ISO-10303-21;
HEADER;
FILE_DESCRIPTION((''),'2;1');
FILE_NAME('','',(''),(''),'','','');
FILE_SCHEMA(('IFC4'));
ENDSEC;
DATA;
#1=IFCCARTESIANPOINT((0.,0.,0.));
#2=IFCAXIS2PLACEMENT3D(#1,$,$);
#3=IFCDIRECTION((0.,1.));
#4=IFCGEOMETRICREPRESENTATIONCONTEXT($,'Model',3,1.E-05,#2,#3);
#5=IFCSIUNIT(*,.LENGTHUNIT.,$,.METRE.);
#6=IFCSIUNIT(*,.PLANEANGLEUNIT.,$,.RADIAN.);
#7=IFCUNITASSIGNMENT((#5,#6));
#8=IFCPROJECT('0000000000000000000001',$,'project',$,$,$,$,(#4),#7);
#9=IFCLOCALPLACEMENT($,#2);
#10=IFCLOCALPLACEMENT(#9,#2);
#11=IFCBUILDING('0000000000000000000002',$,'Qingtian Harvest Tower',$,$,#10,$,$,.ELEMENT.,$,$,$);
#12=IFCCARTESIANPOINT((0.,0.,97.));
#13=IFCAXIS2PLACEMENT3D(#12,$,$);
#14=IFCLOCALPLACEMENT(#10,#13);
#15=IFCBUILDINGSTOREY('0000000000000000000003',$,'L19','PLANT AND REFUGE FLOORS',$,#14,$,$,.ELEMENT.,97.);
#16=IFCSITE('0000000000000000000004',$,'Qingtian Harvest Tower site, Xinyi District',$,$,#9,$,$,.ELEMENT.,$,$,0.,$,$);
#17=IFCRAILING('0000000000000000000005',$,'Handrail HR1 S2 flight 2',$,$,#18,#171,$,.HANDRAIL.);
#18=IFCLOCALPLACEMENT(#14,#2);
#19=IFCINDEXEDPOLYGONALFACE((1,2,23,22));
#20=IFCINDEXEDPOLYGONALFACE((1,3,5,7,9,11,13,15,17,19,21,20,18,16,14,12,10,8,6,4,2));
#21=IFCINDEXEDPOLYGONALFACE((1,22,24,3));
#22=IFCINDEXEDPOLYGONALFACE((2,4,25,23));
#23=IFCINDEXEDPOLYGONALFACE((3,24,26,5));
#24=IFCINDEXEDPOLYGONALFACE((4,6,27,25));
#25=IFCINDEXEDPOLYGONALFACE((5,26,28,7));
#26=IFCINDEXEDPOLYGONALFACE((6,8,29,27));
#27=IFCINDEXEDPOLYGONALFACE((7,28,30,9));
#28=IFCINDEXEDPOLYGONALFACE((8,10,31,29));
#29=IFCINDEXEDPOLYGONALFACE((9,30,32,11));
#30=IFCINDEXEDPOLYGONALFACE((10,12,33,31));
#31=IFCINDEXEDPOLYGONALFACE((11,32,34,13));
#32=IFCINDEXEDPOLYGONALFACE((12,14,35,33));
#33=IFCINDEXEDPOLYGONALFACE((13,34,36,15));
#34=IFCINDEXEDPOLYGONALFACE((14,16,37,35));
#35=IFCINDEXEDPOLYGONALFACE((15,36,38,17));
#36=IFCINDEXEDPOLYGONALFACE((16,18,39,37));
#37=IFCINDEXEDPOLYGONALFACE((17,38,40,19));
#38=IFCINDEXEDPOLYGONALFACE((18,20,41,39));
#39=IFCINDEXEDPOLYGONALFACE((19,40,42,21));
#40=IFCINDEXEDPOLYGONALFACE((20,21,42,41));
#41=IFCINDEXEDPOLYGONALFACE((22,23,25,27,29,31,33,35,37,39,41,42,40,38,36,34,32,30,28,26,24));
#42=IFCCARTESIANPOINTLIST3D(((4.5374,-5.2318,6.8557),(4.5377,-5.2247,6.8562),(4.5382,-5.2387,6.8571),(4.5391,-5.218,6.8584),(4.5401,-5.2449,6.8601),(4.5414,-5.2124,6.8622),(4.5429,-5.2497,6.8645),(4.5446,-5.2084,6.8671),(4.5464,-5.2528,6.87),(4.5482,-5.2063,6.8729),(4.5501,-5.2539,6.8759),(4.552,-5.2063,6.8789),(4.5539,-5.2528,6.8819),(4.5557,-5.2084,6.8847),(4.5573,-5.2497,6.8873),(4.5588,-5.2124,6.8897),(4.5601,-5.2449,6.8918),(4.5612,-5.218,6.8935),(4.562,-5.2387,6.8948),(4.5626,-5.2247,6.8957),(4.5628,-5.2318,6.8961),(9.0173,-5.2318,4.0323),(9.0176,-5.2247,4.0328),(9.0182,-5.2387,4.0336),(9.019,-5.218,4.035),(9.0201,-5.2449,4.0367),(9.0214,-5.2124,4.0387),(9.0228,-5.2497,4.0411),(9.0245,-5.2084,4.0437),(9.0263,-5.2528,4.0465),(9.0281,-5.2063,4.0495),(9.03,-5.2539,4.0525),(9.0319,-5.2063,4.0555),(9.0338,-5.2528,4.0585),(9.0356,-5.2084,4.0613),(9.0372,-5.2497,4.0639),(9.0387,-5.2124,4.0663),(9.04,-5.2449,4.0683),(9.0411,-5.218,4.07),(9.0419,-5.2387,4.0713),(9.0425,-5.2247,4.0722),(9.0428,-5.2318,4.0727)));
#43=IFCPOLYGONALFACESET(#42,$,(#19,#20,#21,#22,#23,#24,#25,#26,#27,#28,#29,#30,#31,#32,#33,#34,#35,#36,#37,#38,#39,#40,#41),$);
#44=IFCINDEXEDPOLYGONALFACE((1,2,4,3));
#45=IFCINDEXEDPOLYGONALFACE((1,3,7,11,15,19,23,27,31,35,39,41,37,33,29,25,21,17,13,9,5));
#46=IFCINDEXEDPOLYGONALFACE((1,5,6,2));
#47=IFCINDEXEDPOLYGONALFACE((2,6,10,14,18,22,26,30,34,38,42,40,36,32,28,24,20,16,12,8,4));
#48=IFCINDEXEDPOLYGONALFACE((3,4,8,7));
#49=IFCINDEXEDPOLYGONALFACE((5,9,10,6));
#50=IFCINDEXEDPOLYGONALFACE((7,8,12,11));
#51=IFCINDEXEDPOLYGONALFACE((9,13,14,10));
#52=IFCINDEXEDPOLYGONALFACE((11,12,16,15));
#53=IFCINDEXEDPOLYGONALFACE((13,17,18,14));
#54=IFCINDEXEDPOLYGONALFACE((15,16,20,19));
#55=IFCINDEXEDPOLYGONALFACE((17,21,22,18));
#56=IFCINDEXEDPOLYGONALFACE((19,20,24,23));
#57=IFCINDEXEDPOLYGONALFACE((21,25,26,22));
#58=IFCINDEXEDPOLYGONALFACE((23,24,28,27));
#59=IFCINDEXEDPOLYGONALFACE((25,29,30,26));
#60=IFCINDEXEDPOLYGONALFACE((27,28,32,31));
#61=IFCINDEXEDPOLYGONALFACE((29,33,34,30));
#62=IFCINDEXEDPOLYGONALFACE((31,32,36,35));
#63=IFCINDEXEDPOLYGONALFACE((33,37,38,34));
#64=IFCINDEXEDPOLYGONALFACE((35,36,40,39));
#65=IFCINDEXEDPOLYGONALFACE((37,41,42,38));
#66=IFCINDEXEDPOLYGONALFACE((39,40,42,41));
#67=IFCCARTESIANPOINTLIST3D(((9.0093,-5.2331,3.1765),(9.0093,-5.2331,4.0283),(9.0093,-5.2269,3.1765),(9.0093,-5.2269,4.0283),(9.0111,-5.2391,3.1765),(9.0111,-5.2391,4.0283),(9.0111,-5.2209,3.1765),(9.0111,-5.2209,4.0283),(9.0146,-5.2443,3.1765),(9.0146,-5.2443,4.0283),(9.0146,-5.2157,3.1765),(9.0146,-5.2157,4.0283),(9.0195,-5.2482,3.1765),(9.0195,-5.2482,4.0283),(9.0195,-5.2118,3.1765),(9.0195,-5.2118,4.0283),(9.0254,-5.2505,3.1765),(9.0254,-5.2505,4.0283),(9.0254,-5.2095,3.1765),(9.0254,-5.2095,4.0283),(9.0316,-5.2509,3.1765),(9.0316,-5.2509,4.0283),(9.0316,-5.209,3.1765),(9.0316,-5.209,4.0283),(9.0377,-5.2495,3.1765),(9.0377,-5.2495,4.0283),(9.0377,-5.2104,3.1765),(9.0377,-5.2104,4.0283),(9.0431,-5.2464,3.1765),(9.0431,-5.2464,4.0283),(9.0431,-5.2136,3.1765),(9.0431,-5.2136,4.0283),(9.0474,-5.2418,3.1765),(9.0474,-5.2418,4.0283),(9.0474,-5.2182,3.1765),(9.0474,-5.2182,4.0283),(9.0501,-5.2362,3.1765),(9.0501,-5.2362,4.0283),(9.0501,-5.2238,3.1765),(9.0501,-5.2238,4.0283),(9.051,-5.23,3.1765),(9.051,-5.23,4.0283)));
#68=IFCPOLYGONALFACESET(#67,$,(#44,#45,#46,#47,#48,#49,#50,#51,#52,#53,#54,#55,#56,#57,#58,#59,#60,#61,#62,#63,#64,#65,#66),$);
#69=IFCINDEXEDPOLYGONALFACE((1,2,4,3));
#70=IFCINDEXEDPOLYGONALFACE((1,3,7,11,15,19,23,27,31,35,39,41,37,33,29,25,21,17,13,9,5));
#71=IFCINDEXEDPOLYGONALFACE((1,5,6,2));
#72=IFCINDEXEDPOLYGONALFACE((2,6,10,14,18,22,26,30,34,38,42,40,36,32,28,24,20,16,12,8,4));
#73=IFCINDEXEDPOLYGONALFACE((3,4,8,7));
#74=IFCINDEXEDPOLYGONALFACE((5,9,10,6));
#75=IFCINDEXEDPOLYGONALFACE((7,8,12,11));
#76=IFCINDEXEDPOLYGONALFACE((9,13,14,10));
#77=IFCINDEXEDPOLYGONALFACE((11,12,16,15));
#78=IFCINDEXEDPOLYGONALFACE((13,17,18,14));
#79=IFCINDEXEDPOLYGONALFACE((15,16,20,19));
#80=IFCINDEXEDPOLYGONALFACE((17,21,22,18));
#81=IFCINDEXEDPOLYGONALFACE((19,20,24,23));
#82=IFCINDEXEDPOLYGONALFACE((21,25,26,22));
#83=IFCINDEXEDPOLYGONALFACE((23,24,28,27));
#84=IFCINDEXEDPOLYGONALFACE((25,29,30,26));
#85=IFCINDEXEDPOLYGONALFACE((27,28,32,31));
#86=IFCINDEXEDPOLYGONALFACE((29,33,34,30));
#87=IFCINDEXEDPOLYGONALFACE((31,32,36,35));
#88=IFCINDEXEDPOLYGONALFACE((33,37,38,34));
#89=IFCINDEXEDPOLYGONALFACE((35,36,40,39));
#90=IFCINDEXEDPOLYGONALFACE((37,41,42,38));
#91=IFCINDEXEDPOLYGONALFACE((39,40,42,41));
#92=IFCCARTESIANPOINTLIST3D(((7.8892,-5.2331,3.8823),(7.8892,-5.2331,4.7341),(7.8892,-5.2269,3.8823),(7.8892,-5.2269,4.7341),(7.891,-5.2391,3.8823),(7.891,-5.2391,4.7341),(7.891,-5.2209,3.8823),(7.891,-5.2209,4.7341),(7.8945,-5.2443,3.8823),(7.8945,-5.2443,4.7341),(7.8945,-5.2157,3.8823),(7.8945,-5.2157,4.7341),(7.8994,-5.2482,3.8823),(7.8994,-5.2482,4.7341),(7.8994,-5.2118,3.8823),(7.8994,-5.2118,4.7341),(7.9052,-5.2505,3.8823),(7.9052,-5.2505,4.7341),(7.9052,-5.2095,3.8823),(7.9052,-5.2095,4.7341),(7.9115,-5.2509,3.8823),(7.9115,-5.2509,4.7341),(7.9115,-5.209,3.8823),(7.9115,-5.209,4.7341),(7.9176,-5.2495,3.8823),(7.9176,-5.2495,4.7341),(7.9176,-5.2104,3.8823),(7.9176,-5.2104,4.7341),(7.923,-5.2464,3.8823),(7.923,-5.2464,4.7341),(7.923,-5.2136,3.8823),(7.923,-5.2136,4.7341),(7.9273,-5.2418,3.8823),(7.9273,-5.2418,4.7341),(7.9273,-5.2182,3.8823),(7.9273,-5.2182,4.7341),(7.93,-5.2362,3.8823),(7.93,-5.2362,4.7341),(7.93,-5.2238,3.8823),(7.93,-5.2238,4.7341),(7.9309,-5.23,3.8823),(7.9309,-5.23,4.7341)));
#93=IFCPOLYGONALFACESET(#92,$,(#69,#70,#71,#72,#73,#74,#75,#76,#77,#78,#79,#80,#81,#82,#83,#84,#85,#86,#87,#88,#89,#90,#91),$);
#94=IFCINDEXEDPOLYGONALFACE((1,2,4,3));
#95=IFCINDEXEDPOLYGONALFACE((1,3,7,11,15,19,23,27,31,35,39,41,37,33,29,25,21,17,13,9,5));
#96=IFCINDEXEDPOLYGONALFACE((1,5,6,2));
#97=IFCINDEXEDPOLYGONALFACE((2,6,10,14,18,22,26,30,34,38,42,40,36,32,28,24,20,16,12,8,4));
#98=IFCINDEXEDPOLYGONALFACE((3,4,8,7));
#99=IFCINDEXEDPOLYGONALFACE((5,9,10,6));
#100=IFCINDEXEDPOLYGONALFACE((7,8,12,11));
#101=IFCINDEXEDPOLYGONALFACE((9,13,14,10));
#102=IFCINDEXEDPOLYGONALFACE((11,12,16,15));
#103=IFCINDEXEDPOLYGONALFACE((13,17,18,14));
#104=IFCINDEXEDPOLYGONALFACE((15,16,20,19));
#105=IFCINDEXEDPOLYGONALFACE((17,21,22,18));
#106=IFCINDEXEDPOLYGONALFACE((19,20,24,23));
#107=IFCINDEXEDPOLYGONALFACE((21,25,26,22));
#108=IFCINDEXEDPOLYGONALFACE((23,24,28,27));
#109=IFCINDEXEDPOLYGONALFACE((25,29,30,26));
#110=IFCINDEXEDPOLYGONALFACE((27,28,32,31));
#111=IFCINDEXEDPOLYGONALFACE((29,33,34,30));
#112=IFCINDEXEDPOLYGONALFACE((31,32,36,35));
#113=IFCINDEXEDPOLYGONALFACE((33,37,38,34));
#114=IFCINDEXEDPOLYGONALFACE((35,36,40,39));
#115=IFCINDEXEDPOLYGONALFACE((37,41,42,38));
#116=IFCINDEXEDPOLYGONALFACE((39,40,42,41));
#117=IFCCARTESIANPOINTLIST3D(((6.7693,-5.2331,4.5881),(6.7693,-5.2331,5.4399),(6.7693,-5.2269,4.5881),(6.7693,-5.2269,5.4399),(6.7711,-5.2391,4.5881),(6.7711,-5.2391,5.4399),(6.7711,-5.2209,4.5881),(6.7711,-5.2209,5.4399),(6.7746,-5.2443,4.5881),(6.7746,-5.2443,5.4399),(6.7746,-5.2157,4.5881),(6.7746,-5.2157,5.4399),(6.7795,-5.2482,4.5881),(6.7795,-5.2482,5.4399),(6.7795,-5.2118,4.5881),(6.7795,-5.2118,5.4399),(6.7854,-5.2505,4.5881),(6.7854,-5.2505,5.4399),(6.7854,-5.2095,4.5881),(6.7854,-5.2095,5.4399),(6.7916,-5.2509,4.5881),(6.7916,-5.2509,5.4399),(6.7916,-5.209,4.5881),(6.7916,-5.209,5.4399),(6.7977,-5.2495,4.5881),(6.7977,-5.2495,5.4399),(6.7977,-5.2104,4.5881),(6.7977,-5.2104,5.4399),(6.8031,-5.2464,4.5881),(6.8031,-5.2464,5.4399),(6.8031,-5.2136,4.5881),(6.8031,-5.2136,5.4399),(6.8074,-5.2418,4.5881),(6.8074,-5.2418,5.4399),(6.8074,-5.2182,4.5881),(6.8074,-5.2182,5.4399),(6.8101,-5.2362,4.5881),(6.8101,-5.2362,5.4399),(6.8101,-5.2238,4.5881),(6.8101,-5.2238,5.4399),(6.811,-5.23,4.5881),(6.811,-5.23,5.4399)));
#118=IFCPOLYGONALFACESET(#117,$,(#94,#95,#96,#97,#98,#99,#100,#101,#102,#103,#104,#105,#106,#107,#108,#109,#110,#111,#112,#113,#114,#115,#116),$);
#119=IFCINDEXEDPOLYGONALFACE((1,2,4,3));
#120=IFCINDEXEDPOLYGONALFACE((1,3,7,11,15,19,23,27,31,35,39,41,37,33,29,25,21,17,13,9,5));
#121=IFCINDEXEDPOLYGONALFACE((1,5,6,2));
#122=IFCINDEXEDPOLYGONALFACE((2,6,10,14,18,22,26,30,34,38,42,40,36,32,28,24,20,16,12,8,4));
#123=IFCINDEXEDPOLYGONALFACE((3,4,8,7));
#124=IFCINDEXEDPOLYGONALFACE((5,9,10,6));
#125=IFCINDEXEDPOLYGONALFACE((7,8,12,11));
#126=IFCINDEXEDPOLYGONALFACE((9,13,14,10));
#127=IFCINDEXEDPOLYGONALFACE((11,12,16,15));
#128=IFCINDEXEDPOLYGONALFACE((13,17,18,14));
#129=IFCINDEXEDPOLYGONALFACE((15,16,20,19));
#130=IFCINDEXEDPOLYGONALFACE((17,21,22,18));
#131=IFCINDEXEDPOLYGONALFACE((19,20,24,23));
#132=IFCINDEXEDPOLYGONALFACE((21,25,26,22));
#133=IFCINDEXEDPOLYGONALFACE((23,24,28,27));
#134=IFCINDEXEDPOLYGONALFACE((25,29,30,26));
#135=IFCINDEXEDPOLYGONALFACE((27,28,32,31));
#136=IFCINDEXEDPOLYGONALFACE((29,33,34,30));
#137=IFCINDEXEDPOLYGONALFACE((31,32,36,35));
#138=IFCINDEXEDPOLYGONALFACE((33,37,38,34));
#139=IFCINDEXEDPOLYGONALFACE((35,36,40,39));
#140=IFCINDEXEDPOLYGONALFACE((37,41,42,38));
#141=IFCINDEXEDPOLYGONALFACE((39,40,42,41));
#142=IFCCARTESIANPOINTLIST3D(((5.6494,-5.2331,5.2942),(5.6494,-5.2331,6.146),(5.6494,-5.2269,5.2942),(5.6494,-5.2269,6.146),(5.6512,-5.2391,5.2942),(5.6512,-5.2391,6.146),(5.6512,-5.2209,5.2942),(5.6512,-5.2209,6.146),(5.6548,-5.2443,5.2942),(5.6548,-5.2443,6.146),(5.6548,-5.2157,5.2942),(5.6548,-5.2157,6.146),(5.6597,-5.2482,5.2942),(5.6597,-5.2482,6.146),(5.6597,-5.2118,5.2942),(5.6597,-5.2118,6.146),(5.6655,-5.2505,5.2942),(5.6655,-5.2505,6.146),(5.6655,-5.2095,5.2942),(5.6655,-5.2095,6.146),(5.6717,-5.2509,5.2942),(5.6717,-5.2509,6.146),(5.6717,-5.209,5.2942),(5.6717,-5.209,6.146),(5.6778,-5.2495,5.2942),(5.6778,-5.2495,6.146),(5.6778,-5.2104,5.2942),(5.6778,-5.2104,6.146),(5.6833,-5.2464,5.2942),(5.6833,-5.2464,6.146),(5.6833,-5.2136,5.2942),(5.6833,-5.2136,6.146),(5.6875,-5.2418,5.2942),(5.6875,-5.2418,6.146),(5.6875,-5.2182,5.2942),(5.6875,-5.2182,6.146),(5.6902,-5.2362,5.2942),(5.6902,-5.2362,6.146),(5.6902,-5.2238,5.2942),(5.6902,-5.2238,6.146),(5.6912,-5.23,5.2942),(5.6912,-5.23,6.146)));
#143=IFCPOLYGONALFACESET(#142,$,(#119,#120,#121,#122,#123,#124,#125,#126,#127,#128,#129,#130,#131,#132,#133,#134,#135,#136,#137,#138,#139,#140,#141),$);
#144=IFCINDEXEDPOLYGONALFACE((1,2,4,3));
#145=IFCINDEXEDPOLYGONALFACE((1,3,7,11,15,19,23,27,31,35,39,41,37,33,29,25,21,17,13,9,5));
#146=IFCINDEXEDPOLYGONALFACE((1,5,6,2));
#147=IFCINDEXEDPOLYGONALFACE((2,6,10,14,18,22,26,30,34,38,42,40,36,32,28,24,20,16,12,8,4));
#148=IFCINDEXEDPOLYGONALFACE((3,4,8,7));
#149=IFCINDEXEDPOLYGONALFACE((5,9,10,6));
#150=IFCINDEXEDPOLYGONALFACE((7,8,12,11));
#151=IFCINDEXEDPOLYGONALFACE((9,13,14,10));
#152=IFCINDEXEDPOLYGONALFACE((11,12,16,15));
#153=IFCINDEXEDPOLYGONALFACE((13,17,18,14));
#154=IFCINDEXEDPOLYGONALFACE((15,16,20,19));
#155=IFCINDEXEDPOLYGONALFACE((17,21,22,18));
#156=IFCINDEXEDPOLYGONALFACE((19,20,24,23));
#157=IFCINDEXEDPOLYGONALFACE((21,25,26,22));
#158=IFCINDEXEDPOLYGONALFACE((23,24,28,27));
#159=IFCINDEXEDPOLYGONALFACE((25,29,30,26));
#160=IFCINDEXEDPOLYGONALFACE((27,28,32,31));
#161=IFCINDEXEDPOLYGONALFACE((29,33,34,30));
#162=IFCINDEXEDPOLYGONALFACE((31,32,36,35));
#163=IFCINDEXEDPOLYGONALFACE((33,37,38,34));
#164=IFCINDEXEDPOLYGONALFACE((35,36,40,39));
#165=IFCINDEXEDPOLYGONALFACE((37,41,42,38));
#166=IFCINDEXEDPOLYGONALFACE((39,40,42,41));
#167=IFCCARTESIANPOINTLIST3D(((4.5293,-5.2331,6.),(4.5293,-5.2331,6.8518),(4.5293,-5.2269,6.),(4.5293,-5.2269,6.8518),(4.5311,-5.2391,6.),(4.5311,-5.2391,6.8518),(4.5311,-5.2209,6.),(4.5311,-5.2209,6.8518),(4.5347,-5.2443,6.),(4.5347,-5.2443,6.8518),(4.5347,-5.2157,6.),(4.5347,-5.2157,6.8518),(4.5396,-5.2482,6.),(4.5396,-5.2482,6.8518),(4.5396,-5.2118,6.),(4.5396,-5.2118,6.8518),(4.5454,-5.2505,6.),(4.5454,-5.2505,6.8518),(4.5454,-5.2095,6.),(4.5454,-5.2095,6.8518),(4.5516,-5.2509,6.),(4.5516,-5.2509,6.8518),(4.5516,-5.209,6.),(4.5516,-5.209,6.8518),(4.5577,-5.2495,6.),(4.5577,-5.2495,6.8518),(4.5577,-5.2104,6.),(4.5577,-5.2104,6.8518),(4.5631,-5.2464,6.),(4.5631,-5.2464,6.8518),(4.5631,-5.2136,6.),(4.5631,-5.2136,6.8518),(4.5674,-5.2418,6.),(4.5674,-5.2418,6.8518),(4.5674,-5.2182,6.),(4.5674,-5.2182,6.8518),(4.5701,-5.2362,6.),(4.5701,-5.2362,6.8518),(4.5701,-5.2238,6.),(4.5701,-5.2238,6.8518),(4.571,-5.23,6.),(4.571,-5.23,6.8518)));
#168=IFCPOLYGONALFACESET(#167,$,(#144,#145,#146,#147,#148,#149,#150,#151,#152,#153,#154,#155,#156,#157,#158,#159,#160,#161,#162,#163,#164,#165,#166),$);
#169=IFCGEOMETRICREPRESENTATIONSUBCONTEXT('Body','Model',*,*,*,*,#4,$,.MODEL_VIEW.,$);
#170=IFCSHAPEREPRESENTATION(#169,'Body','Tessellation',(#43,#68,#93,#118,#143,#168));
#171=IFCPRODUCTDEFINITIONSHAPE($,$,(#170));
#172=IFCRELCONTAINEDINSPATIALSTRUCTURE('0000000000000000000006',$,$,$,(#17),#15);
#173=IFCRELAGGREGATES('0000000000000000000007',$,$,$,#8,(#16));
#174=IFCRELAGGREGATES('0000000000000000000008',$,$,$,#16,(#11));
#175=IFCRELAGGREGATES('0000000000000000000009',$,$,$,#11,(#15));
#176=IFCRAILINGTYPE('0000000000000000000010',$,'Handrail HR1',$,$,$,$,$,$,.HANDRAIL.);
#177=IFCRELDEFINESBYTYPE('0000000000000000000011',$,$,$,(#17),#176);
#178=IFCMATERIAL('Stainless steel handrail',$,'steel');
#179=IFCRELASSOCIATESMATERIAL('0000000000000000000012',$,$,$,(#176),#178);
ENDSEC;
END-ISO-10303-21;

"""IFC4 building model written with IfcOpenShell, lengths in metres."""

from ifc_helpers import new_model, si_unit, direction, frame, origin, origin_2d, place, context, subcontext, project, spatial, circle, extrude, material, type_object, element, save


model = new_model("IFC4")

# Units and contexts
model_context = context("Model", 3, precision=1e-05, world=origin(), true_north=direction((0.0, 1.0)))
body_context = subcontext(model_context, "Body", "Model", "MODEL_VIEW")
ifc_project = project(units=[si_unit("LENGTHUNIT", "METRE"), si_unit("PLANEANGLEUNIT", "RADIAN")], contexts=[model_context])

# Site, building, storey
site_placement = place(None, origin())
site = spatial("IfcSite", under=ifc_project, at=site_placement, Name="Qingtian Harvest Tower site, Xinyi District", CompositionType="ELEMENT", RefElevation=0.0)
building_placement = place(site_placement, origin())
building = spatial("IfcBuilding", under=site, at=building_placement, Name="Qingtian Harvest Tower", CompositionType="ELEMENT")
storey_placement = place(building_placement, frame((0.0, 0.0, 97.0)))
storey = spatial("IfcBuildingStorey", under=building, at=storey_placement, Name="L19", Description="PLANT AND REFUGE FLOORS", CompositionType="ELEMENT", Elevation=97.0)

# Railing
ifc_material_1 = material(Name="Stainless steel handrail", Category="steel")
railing_type = type_object("IfcRailingType", Name="Handrail HR1", PredefinedType="HANDRAIL", material=ifc_material_1)
railing_1_placement = place(storey_placement, frame((9.03, -5.23, 3.1765)))
element("IfcRailing", 1, at=railing_1_placement, inside=storey, type_object=railing_type, Name="Handrail HR1 S2 flight 2", PredefinedType="HANDRAIL", context=body_context, shape_type="SweptSolid", body=[
    extrude(circle(Radius=0.0239, at=origin_2d()), frame((0.0, 0.0, 0.876), z_axis=(-0.845998, 0.0, 0.533186), x_axis=(0.0, -1.0, 0.0)), (0.0, 0.0, 1.0), 5.2954),
    extrude(circle(Radius=0.021, at=origin_2d()), origin(), (0.0, 0.0, 1.0), 0.8518),
    extrude(circle(Radius=0.021, at=origin_2d()), frame((-1.1201, 0.0, 0.7058)), (0.0, 0.0, 1.0), 0.8518),
    extrude(circle(Radius=0.021, at=origin_2d()), frame((-2.24, 0.0, 1.4116)), (0.0, 0.0, 1.0), 0.8518),
    extrude(circle(Radius=0.021, at=origin_2d()), frame((-3.3599, 0.0, 2.1177)), (0.0, 0.0, 1.0), 0.8518),
    extrude(circle(Radius=0.021, at=origin_2d()), frame((-4.48, 0.0, 2.8235)), (0.0, 0.0, 1.0), 0.8518),
])

save(model, "model.ifc")
